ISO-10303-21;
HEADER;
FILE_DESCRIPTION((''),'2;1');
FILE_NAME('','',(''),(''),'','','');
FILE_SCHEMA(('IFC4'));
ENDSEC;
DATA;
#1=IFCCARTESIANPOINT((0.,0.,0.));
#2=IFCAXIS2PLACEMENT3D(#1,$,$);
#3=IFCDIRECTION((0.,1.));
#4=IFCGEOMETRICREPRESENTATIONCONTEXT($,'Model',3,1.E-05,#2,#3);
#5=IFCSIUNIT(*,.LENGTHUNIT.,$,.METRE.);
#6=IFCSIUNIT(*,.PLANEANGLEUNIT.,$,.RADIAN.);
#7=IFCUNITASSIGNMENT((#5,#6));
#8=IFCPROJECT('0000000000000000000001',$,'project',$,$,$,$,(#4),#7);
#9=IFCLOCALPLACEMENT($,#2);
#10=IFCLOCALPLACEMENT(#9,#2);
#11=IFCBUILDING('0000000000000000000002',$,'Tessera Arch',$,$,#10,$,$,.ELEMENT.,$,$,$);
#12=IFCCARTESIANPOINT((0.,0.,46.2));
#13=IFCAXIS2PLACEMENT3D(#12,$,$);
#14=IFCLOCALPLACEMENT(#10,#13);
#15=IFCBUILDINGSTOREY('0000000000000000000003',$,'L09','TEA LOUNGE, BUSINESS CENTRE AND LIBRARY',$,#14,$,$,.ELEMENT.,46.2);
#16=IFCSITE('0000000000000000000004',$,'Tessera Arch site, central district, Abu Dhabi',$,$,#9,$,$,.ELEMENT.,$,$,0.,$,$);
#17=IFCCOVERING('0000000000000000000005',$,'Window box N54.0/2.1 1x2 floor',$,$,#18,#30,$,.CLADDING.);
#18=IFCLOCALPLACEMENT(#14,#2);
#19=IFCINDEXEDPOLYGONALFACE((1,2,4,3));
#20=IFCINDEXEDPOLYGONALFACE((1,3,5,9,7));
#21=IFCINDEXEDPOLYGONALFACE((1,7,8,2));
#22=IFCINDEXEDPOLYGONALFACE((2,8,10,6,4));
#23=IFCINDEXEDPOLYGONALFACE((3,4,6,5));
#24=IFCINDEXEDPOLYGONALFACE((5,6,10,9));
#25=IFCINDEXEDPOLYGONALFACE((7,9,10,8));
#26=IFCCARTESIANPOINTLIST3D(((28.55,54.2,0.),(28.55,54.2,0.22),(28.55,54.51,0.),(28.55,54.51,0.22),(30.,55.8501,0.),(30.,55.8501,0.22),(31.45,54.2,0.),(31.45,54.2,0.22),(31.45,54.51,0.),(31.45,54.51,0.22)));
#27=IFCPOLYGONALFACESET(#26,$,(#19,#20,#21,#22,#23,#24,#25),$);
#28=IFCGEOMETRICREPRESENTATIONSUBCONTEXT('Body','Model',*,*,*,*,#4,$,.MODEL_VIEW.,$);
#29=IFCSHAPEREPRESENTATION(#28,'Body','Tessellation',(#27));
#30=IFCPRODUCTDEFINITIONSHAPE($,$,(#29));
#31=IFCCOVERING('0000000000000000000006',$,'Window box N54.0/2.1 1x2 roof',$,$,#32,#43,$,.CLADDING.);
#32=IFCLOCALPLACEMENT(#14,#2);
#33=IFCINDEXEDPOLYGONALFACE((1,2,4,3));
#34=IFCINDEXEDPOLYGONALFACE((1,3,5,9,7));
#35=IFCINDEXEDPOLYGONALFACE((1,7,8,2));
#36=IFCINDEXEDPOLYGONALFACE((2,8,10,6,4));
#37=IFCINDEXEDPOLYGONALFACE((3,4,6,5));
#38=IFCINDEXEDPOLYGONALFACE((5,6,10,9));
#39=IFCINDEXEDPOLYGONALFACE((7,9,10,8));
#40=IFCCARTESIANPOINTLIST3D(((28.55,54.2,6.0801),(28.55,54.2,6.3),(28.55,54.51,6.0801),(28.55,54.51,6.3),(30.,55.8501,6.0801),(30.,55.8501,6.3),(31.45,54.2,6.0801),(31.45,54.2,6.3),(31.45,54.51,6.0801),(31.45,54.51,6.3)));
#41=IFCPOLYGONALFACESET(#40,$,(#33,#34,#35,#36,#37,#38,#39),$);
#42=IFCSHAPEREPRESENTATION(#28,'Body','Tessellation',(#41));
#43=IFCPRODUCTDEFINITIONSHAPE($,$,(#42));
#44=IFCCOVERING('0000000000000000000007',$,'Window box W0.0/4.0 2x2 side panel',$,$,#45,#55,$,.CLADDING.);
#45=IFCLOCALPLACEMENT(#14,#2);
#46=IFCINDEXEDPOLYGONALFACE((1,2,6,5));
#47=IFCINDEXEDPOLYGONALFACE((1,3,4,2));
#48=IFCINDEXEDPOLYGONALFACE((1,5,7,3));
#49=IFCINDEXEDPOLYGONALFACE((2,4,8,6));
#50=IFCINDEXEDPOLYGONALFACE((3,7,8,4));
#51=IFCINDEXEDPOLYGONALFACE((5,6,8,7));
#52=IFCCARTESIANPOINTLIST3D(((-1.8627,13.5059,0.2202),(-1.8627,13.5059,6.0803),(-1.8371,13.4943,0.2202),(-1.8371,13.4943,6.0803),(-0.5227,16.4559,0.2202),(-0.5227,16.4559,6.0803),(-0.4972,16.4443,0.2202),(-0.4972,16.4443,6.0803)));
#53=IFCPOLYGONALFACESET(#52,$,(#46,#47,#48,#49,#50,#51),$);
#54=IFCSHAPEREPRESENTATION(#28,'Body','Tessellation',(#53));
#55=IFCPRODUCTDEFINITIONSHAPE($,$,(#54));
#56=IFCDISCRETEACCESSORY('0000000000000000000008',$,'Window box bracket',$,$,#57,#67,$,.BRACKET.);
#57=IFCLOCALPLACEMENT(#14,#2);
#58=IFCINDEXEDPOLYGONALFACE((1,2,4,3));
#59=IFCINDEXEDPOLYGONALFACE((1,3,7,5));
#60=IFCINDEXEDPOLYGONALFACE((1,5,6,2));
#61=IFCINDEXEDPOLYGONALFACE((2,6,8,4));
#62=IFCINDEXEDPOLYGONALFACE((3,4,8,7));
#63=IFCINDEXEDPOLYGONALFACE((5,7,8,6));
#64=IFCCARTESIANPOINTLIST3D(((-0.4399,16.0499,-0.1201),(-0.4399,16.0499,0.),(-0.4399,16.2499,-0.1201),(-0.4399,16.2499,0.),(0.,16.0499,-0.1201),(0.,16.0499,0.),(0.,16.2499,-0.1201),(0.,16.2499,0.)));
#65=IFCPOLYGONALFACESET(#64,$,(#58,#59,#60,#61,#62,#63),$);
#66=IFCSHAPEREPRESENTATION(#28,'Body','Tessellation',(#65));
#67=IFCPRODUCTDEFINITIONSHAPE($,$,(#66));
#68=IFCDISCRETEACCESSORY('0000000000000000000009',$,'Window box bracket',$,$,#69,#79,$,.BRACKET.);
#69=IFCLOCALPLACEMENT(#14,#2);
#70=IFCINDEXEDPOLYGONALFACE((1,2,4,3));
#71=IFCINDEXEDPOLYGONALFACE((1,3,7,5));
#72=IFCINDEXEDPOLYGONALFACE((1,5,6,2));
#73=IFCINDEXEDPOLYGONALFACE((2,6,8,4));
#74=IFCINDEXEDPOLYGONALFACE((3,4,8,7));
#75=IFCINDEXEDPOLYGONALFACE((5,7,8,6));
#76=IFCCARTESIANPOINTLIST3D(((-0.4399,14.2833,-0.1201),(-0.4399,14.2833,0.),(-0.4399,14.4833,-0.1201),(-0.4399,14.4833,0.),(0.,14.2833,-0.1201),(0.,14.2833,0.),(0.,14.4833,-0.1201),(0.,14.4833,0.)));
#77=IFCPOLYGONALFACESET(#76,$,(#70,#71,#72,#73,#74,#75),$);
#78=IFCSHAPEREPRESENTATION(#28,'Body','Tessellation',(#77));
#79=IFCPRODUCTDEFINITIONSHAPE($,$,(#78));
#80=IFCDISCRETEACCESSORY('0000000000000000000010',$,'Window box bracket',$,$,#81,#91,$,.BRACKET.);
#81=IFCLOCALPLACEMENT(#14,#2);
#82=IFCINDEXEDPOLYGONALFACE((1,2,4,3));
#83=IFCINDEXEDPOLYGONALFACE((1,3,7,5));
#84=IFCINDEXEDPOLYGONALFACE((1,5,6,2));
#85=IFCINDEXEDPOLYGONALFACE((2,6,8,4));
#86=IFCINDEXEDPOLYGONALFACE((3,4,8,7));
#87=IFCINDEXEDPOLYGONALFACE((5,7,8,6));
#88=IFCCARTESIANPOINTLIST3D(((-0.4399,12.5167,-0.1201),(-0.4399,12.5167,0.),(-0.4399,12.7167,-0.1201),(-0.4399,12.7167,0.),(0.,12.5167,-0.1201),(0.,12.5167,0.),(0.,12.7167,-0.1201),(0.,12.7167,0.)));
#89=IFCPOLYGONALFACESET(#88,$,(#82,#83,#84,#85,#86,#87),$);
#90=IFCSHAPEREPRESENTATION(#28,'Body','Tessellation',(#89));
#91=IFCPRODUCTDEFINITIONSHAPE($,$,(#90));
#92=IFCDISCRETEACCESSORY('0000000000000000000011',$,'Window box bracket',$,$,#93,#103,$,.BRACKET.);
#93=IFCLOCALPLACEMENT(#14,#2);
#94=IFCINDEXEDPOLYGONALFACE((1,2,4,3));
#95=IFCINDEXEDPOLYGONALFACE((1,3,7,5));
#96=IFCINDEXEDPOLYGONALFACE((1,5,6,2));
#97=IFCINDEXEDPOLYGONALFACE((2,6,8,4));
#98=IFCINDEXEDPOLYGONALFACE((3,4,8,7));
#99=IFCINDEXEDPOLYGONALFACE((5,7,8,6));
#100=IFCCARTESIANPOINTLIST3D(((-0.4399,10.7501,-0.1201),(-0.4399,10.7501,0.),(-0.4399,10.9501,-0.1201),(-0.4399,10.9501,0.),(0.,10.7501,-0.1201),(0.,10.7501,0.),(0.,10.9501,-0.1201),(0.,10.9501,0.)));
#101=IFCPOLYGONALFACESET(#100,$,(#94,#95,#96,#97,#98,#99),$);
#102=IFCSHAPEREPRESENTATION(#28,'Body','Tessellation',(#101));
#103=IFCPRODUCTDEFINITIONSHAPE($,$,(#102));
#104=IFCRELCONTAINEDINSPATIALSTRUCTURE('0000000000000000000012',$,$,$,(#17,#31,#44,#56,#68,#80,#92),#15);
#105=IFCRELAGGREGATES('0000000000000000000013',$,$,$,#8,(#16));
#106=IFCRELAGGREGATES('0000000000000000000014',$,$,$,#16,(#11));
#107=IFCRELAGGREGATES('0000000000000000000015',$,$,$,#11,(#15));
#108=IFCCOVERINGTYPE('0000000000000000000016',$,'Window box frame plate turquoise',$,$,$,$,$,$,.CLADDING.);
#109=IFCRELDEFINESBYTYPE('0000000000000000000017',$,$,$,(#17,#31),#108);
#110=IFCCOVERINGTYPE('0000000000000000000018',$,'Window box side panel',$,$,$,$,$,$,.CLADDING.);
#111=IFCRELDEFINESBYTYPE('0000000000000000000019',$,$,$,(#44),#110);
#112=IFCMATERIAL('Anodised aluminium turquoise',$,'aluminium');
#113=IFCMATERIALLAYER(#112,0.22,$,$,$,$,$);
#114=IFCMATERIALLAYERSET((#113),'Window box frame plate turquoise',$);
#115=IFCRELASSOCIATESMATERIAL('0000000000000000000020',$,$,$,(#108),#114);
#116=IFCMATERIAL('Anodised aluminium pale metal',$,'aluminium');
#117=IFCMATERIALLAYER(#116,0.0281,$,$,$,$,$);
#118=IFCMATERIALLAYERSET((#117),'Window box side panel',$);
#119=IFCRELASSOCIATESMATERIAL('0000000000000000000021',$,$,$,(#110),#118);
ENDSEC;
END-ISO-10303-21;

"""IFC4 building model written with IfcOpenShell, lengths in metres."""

from ifc_helpers import new_model, si_unit, direction, frame, origin, origin_2d, place, context, subcontext, project, spatial, polyline, rectangle, outline, extrude, material, layer, layer_set, type_object, element, save


model = new_model("IFC4")

# Units and contexts
model_context = context("Model", 3, precision=1e-05, world=origin(), true_north=direction((0.0, 1.0)))
body_context = subcontext(model_context, "Body", "Model", "MODEL_VIEW")
ifc_project = project(units=[si_unit("LENGTHUNIT", "METRE"), si_unit("PLANEANGLEUNIT", "RADIAN")], contexts=[model_context])

# Site, building, storey
site_placement = place(None, origin())
site = spatial("IfcSite", under=ifc_project, at=site_placement, Name="Tessera Arch site, central district, Abu Dhabi", CompositionType="ELEMENT", RefElevation=0.0)
building_placement = place(site_placement, origin())
building = spatial("IfcBuilding", under=site, at=building_placement, Name="Tessera Arch", CompositionType="ELEMENT")
storey_placement = place(building_placement, frame((0.0, 0.0, 46.2)))
storey = spatial("IfcBuildingStorey", under=building, at=storey_placement, Name="L09", Description="TEA LOUNGE, BUSINESS CENTRE AND LIBRARY", CompositionType="ELEMENT", Elevation=46.2)

# Coverings
ifc_material_1 = material(Name="Anodised aluminium turquoise", Category="aluminium")
ifc_layer_1 = layer(ifc_material_1, 0.22)
ifc_layer_set_1 = layer_set([ifc_layer_1], Name="Window box frame plate turquoise")
covering_type_1 = type_object("IfcCoveringType", Name="Window box frame plate turquoise", PredefinedType="CLADDING", material=ifc_layer_set_1)
for number, where, name in (
    (1, (0.0, 0.0, 0.0), "Window box N54.0/2.1 1x2 floor"),
    (2, (0.0, 0.0, 6.0801), "Window box N54.0/2.1 1x2 roof"),
):
    element("IfcCovering", number, at=place(storey_placement, frame(where)), inside=storey, type_object=covering_type_1, Name=name, PredefinedType="CLADDING", context=body_context, shape_type="SweptSolid", body=[
        extrude(outline(polyline([(31.45, 54.51), (30.0, 55.8501), (28.55, 54.51), (28.55, 54.2), (31.45, 54.2), (31.45, 54.51)])), origin(), (0.0, 0.0, 1.0), 0.22),
    ])
ifc_material_2 = material(Name="Anodised aluminium pale metal", Category="aluminium")
ifc_layer_2 = layer(ifc_material_2, 0.0281)
ifc_layer_set_2 = layer_set([ifc_layer_2], Name="Window box side panel")
covering_type_2 = type_object("IfcCoveringType", Name="Window box side panel", PredefinedType="CLADDING", material=ifc_layer_set_2)
covering_1_placement = place(storey_placement, frame((-1.1799, 14.9751, 0.2202), z_axis=(0.0, 0.0, 1.0), x_axis=(-0.41357, -0.910472, 0.0)))
element("IfcCovering", 3, at=covering_1_placement, inside=storey, type_object=covering_type_2, Name="Window box W0.0/4.0 2x2 side panel", PredefinedType="CLADDING", context=body_context, shape_type="SweptSolid", body=[
    extrude(rectangle(XDim=3.24, YDim=0.0281, at=origin_2d()), origin(), (0.0, 0.0, 1.0), 5.8601),
])

# Discrete accessories
for number, where, z_axis, x_axis, name in (
    (4, (-0.22, 16.1499, -0.1201), (0.0, 0.0, 1.0), (-1.0, 0.0, 0.0), "Window box bracket"),
    (5, (-0.22, 14.3833, -0.1201), (0.0, 0.0, 1.0), (-1.0, 0.0, 0.0), "Window box bracket"),
    (6, (-0.22, 12.6167, -0.1201), (0.0, 0.0, 1.0), (-1.0, 0.0, 0.0), "Window box bracket"),
    (7, (-0.22, 10.8501, -0.1201), (0.0, 0.0, 1.0), (-1.0, 0.0, 0.0), "Window box bracket"),
):
    element("IfcDiscreteAccessory", number, at=place(storey_placement, frame(where, z_axis=z_axis, x_axis=x_axis)), inside=storey, Name=name, PredefinedType="BRACKET", context=body_context, shape_type="SweptSolid", body=[
        extrude(rectangle(XDim=0.4399, YDim=0.2, at=origin_2d()), origin(), (0.0, 0.0, 1.0), 0.1201),
    ])

save(model, "model.ifc")
